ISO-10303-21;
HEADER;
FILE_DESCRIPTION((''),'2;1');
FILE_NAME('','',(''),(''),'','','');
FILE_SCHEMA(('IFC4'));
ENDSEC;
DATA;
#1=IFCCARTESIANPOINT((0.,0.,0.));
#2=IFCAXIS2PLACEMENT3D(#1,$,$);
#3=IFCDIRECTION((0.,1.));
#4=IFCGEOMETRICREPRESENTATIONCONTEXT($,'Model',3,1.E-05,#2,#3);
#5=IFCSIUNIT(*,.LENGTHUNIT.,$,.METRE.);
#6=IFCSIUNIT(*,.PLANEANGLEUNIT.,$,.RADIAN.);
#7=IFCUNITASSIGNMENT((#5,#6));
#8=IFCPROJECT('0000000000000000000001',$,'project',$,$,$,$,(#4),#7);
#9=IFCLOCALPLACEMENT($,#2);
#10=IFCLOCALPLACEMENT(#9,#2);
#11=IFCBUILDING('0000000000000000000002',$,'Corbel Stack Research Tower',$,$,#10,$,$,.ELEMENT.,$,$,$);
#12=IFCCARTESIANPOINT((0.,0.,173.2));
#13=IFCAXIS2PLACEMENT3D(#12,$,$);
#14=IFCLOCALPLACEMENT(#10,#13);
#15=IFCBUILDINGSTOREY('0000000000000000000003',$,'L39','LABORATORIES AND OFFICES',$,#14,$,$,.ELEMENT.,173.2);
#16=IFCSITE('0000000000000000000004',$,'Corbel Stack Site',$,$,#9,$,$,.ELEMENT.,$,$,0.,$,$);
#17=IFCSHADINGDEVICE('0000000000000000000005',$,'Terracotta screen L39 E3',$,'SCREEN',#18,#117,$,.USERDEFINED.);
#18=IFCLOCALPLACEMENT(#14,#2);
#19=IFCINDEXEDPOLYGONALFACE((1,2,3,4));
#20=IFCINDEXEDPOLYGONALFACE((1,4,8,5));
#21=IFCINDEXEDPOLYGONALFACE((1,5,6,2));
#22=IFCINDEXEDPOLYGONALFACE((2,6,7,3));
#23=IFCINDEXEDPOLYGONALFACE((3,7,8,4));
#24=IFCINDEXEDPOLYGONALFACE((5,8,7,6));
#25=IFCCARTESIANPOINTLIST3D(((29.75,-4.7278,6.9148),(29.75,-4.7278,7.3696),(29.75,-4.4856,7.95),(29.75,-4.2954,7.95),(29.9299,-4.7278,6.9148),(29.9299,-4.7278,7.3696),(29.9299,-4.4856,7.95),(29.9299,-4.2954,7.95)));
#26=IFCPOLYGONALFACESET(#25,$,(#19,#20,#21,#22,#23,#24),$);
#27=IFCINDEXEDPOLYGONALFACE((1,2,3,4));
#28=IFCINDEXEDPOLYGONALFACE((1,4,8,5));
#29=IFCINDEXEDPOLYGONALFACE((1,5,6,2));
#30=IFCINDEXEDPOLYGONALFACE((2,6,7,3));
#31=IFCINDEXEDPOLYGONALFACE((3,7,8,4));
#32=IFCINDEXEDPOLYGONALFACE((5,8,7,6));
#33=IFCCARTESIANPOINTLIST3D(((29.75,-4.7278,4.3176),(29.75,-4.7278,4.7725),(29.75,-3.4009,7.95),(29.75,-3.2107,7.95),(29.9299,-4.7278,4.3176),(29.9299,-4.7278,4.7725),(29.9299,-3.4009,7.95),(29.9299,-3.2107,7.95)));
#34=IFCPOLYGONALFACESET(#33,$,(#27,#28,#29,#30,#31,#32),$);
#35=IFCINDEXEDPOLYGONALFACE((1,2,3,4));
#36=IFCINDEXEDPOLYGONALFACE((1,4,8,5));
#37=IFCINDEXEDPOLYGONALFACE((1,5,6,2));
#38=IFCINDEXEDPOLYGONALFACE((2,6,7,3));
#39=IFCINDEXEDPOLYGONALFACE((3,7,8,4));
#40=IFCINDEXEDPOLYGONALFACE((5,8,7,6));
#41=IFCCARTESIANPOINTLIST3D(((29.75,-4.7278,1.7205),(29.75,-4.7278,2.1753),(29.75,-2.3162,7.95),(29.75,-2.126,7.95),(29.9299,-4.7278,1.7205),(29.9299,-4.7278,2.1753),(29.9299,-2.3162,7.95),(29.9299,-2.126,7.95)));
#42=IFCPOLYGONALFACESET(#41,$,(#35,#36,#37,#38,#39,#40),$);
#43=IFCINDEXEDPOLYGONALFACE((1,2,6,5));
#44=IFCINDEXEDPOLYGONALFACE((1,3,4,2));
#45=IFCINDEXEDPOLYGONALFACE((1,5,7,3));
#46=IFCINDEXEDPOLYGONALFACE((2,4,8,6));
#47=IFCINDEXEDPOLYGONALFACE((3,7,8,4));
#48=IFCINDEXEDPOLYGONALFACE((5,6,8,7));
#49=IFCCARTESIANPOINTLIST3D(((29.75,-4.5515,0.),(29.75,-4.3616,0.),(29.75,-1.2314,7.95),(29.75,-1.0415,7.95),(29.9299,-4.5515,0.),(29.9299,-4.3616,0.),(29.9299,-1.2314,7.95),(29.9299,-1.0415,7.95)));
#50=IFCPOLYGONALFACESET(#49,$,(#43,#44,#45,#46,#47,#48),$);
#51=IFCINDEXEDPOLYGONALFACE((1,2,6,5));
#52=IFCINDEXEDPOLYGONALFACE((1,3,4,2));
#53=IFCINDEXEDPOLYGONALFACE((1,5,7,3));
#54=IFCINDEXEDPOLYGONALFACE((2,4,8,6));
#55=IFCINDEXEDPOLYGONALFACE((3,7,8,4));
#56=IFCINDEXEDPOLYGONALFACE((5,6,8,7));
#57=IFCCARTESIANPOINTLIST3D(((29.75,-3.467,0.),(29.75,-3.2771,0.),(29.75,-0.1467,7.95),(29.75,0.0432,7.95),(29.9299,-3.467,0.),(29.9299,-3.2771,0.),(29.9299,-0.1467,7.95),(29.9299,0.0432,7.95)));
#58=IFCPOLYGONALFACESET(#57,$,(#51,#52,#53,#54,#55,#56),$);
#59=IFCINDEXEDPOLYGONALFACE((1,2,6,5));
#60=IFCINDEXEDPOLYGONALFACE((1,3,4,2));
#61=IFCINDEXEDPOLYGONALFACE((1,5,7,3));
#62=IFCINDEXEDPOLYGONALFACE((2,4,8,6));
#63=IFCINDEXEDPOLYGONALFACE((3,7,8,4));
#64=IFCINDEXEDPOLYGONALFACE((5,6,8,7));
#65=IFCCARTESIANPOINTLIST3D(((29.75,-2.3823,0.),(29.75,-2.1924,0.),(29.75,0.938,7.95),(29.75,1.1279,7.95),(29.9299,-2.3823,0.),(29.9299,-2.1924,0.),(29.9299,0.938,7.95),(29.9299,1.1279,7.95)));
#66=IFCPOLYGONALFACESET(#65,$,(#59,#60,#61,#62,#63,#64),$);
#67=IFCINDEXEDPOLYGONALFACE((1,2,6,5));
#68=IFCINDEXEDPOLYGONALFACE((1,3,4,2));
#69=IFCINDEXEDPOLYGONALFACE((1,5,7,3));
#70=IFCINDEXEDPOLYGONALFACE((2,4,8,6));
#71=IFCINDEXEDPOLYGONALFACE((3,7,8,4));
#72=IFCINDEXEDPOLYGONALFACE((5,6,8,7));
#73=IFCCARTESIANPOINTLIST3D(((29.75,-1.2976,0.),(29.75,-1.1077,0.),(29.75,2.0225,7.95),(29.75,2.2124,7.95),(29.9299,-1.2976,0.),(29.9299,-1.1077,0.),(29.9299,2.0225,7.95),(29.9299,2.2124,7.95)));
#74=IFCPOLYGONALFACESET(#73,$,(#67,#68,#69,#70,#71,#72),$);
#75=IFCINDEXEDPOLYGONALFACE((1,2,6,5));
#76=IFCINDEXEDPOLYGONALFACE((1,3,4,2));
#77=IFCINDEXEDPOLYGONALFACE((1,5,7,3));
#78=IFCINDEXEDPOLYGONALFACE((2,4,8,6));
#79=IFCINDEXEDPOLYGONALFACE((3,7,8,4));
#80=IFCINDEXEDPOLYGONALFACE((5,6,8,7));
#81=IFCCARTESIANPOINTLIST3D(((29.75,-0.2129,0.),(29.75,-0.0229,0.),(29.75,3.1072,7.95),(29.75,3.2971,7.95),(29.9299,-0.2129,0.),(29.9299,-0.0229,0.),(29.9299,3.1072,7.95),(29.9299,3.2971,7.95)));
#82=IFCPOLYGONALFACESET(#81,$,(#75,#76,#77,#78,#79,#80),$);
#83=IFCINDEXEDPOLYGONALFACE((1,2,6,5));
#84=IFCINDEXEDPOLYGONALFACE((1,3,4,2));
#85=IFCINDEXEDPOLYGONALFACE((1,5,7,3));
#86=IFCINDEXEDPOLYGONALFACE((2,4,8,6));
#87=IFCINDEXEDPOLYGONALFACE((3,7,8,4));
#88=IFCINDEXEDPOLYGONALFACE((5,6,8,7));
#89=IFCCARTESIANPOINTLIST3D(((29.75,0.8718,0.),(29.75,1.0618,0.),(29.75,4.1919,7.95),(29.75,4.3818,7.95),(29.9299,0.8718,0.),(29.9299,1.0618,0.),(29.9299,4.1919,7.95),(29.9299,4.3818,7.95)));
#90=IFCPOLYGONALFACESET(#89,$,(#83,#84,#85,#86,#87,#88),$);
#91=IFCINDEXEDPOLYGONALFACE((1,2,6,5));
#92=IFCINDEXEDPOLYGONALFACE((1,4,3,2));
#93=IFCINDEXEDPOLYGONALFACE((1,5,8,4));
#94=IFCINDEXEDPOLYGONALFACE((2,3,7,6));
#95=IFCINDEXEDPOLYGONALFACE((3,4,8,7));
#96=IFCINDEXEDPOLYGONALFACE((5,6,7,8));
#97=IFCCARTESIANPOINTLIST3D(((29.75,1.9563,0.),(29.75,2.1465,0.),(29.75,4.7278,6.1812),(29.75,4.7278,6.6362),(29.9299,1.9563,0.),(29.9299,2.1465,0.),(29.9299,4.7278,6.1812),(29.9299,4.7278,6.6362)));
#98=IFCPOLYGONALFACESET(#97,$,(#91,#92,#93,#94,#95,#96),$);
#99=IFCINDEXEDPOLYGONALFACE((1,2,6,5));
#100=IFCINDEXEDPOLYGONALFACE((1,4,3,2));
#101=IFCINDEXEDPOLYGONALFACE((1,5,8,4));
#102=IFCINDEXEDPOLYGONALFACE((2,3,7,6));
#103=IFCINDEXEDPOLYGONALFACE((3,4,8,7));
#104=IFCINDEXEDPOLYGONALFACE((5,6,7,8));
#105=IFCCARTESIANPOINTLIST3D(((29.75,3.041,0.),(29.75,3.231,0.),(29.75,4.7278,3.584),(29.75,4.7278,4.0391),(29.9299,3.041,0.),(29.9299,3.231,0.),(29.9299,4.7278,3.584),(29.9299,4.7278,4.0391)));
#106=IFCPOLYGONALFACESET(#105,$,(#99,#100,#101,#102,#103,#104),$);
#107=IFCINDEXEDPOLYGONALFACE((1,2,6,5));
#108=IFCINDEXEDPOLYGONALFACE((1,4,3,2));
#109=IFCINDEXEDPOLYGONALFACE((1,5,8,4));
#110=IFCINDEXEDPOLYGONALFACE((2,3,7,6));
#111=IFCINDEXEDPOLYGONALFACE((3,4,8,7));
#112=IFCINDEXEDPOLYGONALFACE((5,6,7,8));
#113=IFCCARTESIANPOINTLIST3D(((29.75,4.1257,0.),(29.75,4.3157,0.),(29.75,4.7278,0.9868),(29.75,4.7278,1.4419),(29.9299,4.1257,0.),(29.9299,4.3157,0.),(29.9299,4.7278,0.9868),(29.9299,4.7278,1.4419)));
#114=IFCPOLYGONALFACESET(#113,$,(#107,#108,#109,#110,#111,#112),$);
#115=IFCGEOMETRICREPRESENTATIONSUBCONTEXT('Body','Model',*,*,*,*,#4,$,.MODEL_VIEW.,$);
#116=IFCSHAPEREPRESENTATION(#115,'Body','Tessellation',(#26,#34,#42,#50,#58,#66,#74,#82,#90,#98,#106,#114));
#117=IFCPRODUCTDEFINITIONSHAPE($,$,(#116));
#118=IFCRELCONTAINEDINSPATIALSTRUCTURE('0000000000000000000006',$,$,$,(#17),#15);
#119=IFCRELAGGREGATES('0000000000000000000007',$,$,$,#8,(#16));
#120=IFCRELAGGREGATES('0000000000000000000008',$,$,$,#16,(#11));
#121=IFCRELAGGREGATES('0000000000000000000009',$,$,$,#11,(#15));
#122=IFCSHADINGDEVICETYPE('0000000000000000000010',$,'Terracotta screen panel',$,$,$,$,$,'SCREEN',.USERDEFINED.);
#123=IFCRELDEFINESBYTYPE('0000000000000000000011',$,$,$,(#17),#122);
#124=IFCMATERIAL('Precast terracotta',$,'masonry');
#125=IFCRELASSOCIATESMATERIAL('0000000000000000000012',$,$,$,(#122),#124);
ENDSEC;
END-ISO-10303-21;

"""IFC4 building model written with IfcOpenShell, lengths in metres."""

from ifc_helpers import new_model, si_unit, direction, frame, origin, place, context, subcontext, project, spatial, polyline, outline, extrude, source, transform, mapped, material, type_object, element, save


model = new_model("IFC4")

# Units and contexts
model_context = context("Model", 3, precision=1e-05, world=origin(), true_north=direction((0.0, 1.0)))
body_context = subcontext(model_context, "Body", "Model", "MODEL_VIEW")
ifc_project = project(units=[si_unit("LENGTHUNIT", "METRE"), si_unit("PLANEANGLEUNIT", "RADIAN")], contexts=[model_context])

# Site, building, storey
site_placement = place(None, origin())
site = spatial("IfcSite", under=ifc_project, at=site_placement, Name="Corbel Stack Site", CompositionType="ELEMENT", RefElevation=0.0)
building_placement = place(site_placement, origin())
building = spatial("IfcBuilding", under=site, at=building_placement, Name="Corbel Stack Research Tower", CompositionType="ELEMENT")
storey_placement = place(building_placement, frame((0.0, 0.0, 173.2)))
storey = spatial("IfcBuildingStorey", under=building, at=storey_placement, Name="L39", Description="LABORATORIES AND OFFICES", CompositionType="ELEMENT", Elevation=173.2)

# Shading device
ifc_material_1 = material(Name="Precast terracotta", Category="masonry")
shading_device_type = type_object("IfcShadingDeviceType", Name="Terracotta screen panel", ElementType="SCREEN", PredefinedType="USERDEFINED", material=ifc_material_1)
shared_shape = source(origin(), body_context, "Body", "SweptSolid", [
    extrude(outline(polyline([(0.4324, 7.95), (0.2422, 7.95), (0.0, 7.3696), (0.0, 6.9148), (0.4324, 7.95)])), frame((0.0, 0.0, 0.0), z_axis=(0.0, -1.0, 0.0), x_axis=(1.0, 0.0, 0.0)), (0.0, 0.0, 1.0), 0.1799),
    extrude(outline(polyline([(1.5171, 7.95), (1.3269, 7.95), (0.0, 4.7725), (0.0, 4.3176), (1.5171, 7.95)])), frame((0.0, 0.0, 0.0), z_axis=(0.0, -1.0, 0.0), x_axis=(1.0, 0.0, 0.0)), (0.0, 0.0, 1.0), 0.1799),
    extrude(outline(polyline([(2.6018, 7.95), (2.4116, 7.95), (0.0, 2.1753), (0.0, 1.7205), (2.6018, 7.95)])), frame((0.0, 0.0, 0.0), z_axis=(0.0, -1.0, 0.0), x_axis=(1.0, 0.0, 0.0)), (0.0, 0.0, 1.0), 0.1799),
    extrude(outline(polyline([(0.3662, 0.0), (3.6863, 7.95), (3.4963, 7.95), (0.1763, 0.0), (0.3662, 0.0)])), frame((0.0, 0.0, 0.0), z_axis=(0.0, -1.0, 0.0), x_axis=(1.0, 0.0, 0.0)), (0.0, 0.0, 1.0), 0.1799),
    extrude(outline(polyline([(1.4507, 0.0), (4.771, 7.95), (4.5811, 7.95), (1.2607, 0.0), (1.4507, 0.0)])), frame((0.0, 0.0, 0.0), z_axis=(0.0, -1.0, 0.0), x_axis=(1.0, 0.0, 0.0)), (0.0, 0.0, 1.0), 0.1799),
    extrude(outline(polyline([(2.5354, 0.0), (5.8557, 7.95), (5.6658, 7.95), (2.3455, 0.0), (2.5354, 0.0)])), frame((0.0, 0.0, 0.0), z_axis=(0.0, -1.0, 0.0), x_axis=(1.0, 0.0, 0.0)), (0.0, 0.0, 1.0), 0.1799),
    extrude(outline(polyline([(3.6201, 0.0), (6.9402, 7.95), (6.7502, 7.95), (3.4302, 0.0), (3.6201, 0.0)])), frame((0.0, 0.0, 0.0), z_axis=(0.0, -1.0, 0.0), x_axis=(1.0, 0.0, 0.0)), (0.0, 0.0, 1.0), 0.1799),
    extrude(outline(polyline([(4.7048, 0.0), (8.0249, 7.95), (7.835, 7.95), (4.5149, 0.0), (4.7048, 0.0)])), frame((0.0, 0.0, 0.0), z_axis=(0.0, -1.0, 0.0), x_axis=(1.0, 0.0, 0.0)), (0.0, 0.0, 1.0), 0.1799),
    extrude(outline(polyline([(5.7896, 0.0), (9.1096, 7.95), (8.9197, 7.95), (5.5996, 0.0), (5.7896, 0.0)])), frame((0.0, 0.0, 0.0), z_axis=(0.0, -1.0, 0.0), x_axis=(1.0, 0.0, 0.0)), (0.0, 0.0, 1.0), 0.1799),
    extrude(outline(polyline([(6.8743, 0.0), (9.4556, 6.1812), (9.4556, 6.6362), (6.6841, 0.0), (6.8743, 0.0)])), frame((0.0, 0.0, 0.0), z_axis=(0.0, -1.0, 0.0), x_axis=(1.0, 0.0, 0.0)), (0.0, 0.0, 1.0), 0.1799),
    extrude(outline(polyline([(7.9587, 0.0), (9.4556, 3.584), (9.4556, 4.0391), (7.7688, 0.0), (7.9587, 0.0)])), frame((0.0, 0.0, 0.0), z_axis=(0.0, -1.0, 0.0), x_axis=(1.0, 0.0, 0.0)), (0.0, 0.0, 1.0), 0.1799),
    extrude(outline(polyline([(9.0435, 0.0), (9.4556, 0.9868), (9.4556, 1.4419), (8.8535, 0.0), (9.0435, 0.0)])), frame((0.0, 0.0, 0.0), z_axis=(0.0, -1.0, 0.0), x_axis=(1.0, 0.0, 0.0)), (0.0, 0.0, 1.0), 0.1799),
])
shading_device_placement = place(storey_placement, frame((29.75, -4.7278, 0.0), z_axis=(0.0, 0.0, 1.0), x_axis=(0.0, 1.0, 0.0)))
element("IfcShadingDevice", 1, at=shading_device_placement, inside=storey, type_object=shading_device_type, Name="Terracotta screen L39 E3", ObjectType="SCREEN", PredefinedType="USERDEFINED", context=body_context, shape_type="MappedRepresentation", body=[
    mapped(shared_shape, transform((0.0, 0.0, 0.0))),
])

save(model, "model.ifc")
